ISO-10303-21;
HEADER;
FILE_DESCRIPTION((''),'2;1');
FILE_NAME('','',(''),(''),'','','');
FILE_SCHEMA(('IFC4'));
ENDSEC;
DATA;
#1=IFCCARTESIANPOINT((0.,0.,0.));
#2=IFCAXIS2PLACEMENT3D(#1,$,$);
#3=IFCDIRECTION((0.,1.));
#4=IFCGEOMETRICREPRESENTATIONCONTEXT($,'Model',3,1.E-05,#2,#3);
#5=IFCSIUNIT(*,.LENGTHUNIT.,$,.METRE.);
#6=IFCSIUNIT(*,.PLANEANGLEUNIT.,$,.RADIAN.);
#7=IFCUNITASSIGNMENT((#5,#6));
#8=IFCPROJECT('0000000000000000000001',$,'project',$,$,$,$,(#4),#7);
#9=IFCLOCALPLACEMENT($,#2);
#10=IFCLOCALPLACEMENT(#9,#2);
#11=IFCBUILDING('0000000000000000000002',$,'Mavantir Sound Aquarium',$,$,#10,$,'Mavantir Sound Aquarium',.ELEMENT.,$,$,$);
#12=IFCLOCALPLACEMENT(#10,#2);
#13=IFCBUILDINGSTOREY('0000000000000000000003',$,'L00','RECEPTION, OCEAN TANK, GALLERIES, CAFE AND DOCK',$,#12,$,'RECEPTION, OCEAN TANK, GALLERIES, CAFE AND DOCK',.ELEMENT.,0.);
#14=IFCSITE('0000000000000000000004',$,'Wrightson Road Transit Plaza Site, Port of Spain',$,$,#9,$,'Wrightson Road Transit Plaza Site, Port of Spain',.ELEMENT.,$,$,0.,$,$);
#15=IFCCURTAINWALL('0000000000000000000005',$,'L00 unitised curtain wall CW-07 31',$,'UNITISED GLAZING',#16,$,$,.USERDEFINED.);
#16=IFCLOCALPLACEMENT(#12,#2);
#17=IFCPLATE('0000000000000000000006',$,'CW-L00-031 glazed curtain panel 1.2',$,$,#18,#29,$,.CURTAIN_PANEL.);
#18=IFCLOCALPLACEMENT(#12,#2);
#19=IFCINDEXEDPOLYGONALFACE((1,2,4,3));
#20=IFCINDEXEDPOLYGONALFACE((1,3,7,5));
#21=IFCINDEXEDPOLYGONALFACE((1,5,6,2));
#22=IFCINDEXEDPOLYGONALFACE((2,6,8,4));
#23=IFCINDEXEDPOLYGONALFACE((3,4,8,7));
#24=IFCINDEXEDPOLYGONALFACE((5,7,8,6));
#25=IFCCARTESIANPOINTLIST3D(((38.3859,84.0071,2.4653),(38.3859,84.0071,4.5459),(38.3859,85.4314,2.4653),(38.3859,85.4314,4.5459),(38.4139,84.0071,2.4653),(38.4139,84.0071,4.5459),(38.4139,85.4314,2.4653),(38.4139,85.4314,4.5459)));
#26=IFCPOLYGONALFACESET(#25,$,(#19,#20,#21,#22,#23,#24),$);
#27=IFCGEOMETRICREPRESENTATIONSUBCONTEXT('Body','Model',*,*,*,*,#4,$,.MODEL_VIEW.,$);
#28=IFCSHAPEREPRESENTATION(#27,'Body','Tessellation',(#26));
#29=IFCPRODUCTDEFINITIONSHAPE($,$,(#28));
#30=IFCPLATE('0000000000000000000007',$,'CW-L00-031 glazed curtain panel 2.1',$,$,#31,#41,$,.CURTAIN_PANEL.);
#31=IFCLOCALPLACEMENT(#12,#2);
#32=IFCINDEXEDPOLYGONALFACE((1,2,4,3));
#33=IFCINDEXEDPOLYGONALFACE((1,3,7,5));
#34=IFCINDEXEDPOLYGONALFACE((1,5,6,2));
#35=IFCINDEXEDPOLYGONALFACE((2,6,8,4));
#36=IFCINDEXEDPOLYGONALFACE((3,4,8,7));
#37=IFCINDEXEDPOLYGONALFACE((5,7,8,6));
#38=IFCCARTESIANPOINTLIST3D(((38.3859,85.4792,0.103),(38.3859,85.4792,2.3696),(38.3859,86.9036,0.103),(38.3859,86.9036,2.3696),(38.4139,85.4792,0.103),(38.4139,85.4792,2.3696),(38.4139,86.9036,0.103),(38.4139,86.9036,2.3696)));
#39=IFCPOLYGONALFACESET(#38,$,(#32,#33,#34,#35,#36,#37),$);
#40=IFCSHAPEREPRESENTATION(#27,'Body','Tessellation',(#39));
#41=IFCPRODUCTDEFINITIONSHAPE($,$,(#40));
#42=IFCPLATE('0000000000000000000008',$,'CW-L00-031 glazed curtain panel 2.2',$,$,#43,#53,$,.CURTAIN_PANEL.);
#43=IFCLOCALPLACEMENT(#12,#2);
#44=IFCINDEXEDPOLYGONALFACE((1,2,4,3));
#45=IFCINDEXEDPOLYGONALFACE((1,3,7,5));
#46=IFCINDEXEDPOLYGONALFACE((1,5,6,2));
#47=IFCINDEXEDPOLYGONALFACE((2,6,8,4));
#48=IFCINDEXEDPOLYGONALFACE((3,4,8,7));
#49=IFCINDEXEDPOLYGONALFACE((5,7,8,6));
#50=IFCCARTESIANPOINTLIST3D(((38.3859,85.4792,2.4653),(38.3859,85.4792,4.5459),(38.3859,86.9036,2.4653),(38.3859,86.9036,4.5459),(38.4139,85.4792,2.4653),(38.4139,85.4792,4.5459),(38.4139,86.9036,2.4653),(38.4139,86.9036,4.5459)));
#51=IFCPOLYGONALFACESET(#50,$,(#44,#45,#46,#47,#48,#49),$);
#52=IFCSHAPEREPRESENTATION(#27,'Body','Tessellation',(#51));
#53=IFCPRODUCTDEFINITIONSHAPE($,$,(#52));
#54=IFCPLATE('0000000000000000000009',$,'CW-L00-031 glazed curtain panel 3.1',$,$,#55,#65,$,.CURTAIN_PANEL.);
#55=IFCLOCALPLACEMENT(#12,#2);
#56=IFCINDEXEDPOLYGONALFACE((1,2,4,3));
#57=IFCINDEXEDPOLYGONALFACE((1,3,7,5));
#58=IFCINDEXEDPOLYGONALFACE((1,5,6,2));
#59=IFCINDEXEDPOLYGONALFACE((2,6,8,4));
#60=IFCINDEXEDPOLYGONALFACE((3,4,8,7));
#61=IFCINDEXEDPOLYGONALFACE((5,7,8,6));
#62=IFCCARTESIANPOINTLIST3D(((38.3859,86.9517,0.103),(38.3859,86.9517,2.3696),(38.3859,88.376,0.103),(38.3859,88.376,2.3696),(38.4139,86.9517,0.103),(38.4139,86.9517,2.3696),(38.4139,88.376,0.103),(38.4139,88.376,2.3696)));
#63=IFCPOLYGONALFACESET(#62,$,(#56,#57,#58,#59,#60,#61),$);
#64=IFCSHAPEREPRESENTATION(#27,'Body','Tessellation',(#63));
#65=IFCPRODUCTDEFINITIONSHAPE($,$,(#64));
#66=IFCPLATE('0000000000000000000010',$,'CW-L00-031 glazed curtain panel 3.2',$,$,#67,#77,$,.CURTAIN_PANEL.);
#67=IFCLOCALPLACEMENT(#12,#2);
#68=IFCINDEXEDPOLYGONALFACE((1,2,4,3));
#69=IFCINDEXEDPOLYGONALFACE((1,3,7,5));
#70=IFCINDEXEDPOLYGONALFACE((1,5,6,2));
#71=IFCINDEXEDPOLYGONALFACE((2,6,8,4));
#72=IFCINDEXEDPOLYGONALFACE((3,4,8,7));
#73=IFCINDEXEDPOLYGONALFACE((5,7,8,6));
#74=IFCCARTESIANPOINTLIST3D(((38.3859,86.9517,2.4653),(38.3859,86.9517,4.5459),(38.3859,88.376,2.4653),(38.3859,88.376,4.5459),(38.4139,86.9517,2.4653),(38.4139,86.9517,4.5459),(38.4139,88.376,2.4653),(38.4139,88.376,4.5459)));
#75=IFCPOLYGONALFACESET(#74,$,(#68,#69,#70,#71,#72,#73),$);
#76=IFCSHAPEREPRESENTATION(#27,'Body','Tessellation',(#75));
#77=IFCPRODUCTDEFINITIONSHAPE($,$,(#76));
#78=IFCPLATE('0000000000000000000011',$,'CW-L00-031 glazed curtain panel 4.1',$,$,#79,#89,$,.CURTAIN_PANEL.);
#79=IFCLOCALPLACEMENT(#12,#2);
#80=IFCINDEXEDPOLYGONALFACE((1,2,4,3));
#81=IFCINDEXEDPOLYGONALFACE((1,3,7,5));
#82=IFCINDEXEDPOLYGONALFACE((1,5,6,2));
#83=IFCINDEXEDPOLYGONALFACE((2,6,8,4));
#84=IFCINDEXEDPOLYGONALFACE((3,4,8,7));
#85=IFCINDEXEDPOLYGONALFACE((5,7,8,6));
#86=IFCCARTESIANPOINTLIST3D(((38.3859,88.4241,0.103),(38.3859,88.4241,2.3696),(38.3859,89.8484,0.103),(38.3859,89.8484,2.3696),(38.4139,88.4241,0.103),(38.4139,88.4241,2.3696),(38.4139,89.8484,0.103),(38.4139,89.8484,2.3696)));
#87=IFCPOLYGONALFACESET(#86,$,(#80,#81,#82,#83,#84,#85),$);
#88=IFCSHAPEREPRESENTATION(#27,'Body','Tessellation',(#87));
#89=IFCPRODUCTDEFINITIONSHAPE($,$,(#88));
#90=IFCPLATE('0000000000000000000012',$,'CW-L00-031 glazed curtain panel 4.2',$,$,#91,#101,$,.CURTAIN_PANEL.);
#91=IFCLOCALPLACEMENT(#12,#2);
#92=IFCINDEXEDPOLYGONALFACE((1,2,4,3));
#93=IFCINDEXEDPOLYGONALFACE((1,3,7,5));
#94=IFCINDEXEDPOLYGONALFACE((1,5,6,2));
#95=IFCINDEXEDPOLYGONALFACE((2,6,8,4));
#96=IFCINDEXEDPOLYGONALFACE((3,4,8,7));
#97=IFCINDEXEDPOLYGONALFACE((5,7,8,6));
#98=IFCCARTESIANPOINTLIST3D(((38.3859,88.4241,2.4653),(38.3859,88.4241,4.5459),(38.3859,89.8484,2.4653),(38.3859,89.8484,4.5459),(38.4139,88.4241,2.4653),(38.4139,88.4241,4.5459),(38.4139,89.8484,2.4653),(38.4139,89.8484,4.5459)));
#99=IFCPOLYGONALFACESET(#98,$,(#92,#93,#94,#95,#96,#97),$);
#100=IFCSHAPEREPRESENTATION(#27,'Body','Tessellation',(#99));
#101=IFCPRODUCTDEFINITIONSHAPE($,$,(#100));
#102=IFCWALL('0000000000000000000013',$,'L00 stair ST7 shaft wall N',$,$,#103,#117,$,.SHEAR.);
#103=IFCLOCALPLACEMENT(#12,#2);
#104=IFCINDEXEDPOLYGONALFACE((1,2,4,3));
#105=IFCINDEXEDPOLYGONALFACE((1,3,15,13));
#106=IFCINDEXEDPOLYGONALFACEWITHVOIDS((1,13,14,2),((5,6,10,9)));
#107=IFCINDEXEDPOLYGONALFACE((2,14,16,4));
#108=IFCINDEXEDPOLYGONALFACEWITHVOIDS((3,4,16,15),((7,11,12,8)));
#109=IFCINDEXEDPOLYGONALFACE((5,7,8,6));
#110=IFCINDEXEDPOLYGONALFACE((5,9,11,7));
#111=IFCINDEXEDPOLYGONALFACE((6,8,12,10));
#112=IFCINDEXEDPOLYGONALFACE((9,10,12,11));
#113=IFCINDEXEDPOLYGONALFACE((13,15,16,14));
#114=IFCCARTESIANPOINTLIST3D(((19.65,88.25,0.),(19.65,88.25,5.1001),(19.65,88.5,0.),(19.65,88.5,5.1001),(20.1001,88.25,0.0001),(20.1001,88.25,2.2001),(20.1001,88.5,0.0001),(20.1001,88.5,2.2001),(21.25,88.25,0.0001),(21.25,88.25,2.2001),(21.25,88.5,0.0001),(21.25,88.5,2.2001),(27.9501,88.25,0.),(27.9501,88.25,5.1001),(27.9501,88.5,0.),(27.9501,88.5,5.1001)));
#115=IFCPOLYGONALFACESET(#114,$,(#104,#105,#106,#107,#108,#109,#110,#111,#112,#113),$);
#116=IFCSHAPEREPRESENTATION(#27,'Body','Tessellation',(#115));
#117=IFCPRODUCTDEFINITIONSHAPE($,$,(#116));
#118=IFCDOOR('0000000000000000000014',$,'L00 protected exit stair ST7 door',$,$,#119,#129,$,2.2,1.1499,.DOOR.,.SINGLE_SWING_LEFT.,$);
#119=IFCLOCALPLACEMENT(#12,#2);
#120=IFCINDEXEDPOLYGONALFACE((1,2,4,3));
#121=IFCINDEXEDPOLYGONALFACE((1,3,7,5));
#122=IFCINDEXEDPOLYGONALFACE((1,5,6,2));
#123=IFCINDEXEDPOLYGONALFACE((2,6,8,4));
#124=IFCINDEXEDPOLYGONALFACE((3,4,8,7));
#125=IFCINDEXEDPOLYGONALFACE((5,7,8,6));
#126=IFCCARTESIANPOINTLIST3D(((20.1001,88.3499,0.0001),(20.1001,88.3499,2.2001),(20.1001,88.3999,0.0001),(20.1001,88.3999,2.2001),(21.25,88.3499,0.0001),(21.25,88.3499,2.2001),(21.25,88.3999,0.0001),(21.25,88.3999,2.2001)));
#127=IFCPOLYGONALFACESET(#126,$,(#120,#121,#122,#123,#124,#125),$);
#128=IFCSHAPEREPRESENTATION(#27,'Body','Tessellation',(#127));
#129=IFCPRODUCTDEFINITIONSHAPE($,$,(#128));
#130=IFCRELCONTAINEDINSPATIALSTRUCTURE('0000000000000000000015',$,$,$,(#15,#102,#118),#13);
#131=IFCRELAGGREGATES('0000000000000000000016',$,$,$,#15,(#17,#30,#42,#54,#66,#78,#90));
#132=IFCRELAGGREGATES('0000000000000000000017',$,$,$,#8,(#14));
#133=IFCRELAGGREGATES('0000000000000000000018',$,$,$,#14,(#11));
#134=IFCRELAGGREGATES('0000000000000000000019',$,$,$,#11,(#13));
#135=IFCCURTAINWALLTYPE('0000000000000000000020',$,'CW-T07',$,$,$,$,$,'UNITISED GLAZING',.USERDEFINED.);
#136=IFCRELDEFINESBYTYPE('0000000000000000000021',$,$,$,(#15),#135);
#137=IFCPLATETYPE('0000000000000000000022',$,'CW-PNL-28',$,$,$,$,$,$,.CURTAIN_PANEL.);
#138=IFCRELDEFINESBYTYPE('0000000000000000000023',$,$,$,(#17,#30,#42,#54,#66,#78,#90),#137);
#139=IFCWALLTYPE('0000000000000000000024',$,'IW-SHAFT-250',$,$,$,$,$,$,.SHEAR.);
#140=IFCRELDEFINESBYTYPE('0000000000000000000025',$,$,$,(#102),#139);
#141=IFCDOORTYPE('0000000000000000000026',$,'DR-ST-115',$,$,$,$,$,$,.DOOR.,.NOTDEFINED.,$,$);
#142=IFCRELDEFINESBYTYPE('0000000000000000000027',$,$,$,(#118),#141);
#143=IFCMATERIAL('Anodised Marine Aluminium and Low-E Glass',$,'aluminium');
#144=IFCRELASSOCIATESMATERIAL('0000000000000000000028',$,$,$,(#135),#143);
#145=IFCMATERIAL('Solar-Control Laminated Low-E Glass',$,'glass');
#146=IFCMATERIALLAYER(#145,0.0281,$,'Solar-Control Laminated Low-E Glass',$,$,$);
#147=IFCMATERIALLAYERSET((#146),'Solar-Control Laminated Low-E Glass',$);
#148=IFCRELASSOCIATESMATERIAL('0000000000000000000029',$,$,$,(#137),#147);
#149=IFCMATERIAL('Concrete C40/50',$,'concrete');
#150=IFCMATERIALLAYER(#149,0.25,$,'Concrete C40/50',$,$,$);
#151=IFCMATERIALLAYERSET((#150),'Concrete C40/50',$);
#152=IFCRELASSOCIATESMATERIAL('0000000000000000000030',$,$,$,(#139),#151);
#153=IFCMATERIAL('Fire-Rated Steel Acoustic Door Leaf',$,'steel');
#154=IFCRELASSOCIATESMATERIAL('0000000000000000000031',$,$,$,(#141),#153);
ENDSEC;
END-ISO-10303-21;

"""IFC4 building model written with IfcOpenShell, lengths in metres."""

from ifc_helpers import new_model, si_unit, direction, frame, frame_2d, origin, origin_2d, place, context, subcontext, project, spatial, rectangle, extrude, material, layer, layer_set, type_object, element, fill, aggregate, save


model = new_model("IFC4")

# Units and contexts
model_context = context("Model", 3, precision=1e-05, world=origin(), true_north=direction((0.0, 1.0)))
body_context = subcontext(model_context, "Body", "Model", "MODEL_VIEW")
ifc_project = project(units=[si_unit("LENGTHUNIT", "METRE"), si_unit("PLANEANGLEUNIT", "RADIAN")], contexts=[model_context])

# Site, building, storey
site_placement = place(None, origin())
site = spatial("IfcSite", under=ifc_project, at=site_placement, Name="Wrightson Road Transit Plaza Site, Port of Spain", LongName="Wrightson Road Transit Plaza Site, Port of Spain", CompositionType="ELEMENT", RefElevation=0.0)
building_placement = place(site_placement, origin())
building = spatial("IfcBuilding", under=site, at=building_placement, Name="Mavantir Sound Aquarium", LongName="Mavantir Sound Aquarium", CompositionType="ELEMENT")
storey_placement = place(building_placement, origin())
storey = spatial("IfcBuildingStorey", under=building, at=storey_placement, Name="L00", Description="RECEPTION, OCEAN TANK, GALLERIES, CAFE AND DOCK", LongName="RECEPTION, OCEAN TANK, GALLERIES, CAFE AND DOCK", CompositionType="ELEMENT", Elevation=0.0)

# Curtain wall, plates
ifc_material_1 = material(Name="Anodised Marine Aluminium and Low-E Glass", Category="aluminium")
curtain_wall_type = type_object("IfcCurtainWallType", Name="CW-T07", ElementType="UNITISED GLAZING", PredefinedType="USERDEFINED", material=ifc_material_1)
curtain_wall_placement = place(storey_placement, origin())
curtain_wall = element("IfcCurtainWall", 1, at=curtain_wall_placement, inside=storey, type_object=curtain_wall_type, Name="L00 unitised curtain wall CW-07 31", ObjectType="UNITISED GLAZING", PredefinedType="USERDEFINED")
ifc_material_2 = material(Name="Solar-Control Laminated Low-E Glass", Category="glass")
ifc_layer_1 = layer(ifc_material_2, 0.0281, Name="Solar-Control Laminated Low-E Glass")
ifc_layer_set_1 = layer_set([ifc_layer_1], Name="Solar-Control Laminated Low-E Glass")
plate_type = type_object("IfcPlateType", Name="CW-PNL-28", PredefinedType="CURTAIN_PANEL", material=ifc_layer_set_1)
plate_1_placement = place(storey_placement, frame((38.3999, 84.7192, 2.4653), z_axis=(0.0, 0.0, 1.0), x_axis=(0.0, 1.0, 0.0)))
plate_1 = element("IfcPlate", 2, at=plate_1_placement, type_object=plate_type, Name="CW-L00-031 glazed curtain panel 1.2", PredefinedType="CURTAIN_PANEL", context=body_context, shape_type="SweptSolid", body=[
    extrude(rectangle(XDim=1.4243, YDim=0.0281, at=origin_2d()), origin(), (0.0, 0.0, 1.0), 2.0806),
])
plate_2_placement = place(storey_placement, frame((38.3999, 86.1914, 0.103), z_axis=(0.0, 0.0, 1.0), x_axis=(0.0, 1.0, 0.0)))
plate_2 = element("IfcPlate", 3, at=plate_2_placement, type_object=plate_type, Name="CW-L00-031 glazed curtain panel 2.1", PredefinedType="CURTAIN_PANEL", context=body_context, shape_type="SweptSolid", body=[
    extrude(rectangle(XDim=1.4243, YDim=0.0281, at=origin_2d()), origin(), (0.0, 0.0, 1.0), 2.2666),
])
plate_3_placement = place(storey_placement, frame((38.3999, 86.1914, 2.4653), z_axis=(0.0, 0.0, 1.0), x_axis=(0.0, 1.0, 0.0)))
plate_3 = element("IfcPlate", 4, at=plate_3_placement, type_object=plate_type, Name="CW-L00-031 glazed curtain panel 2.2", PredefinedType="CURTAIN_PANEL", context=body_context, shape_type="SweptSolid", body=[
    extrude(rectangle(XDim=1.4243, YDim=0.0281, at=origin_2d()), origin(), (0.0, 0.0, 1.0), 2.0806),
])
plate_4_placement = place(storey_placement, frame((38.3999, 87.6638, 0.103), z_axis=(0.0, 0.0, 1.0), x_axis=(0.0, 1.0, 0.0)))
plate_4 = element("IfcPlate", 5, at=plate_4_placement, type_object=plate_type, Name="CW-L00-031 glazed curtain panel 3.1", PredefinedType="CURTAIN_PANEL", context=body_context, shape_type="SweptSolid", body=[
    extrude(rectangle(XDim=1.4243, YDim=0.0281, at=origin_2d()), origin(), (0.0, 0.0, 1.0), 2.2666),
])
plate_5_placement = place(storey_placement, frame((38.3999, 87.6638, 2.4653), z_axis=(0.0, 0.0, 1.0), x_axis=(0.0, 1.0, 0.0)))
plate_5 = element("IfcPlate", 6, at=plate_5_placement, type_object=plate_type, Name="CW-L00-031 glazed curtain panel 3.2", PredefinedType="CURTAIN_PANEL", context=body_context, shape_type="SweptSolid", body=[
    extrude(rectangle(XDim=1.4243, YDim=0.0281, at=origin_2d()), origin(), (0.0, 0.0, 1.0), 2.0806),
])
plate_6_placement = place(storey_placement, frame((38.3999, 89.1362, 0.103), z_axis=(0.0, 0.0, 1.0), x_axis=(0.0, 1.0, 0.0)))
plate_6 = element("IfcPlate", 7, at=plate_6_placement, type_object=plate_type, Name="CW-L00-031 glazed curtain panel 4.1", PredefinedType="CURTAIN_PANEL", context=body_context, shape_type="SweptSolid", body=[
    extrude(rectangle(XDim=1.4243, YDim=0.0281, at=origin_2d()), origin(), (0.0, 0.0, 1.0), 2.2666),
])
plate_7_placement = place(storey_placement, frame((38.3999, 89.1362, 2.4653), z_axis=(0.0, 0.0, 1.0), x_axis=(0.0, 1.0, 0.0)))
plate_7 = element("IfcPlate", 8, at=plate_7_placement, type_object=plate_type, Name="CW-L00-031 glazed curtain panel 4.2", PredefinedType="CURTAIN_PANEL", context=body_context, shape_type="SweptSolid", body=[
    extrude(rectangle(XDim=1.4243, YDim=0.0281, at=origin_2d()), origin(), (0.0, 0.0, 1.0), 2.0806),
])
aggregate(curtain_wall, [plate_1, plate_2, plate_3, plate_4, plate_5, plate_6, plate_7])

# Wall, opening, door
ifc_material_3 = material(Name="Concrete C40/50", Category="concrete")
ifc_layer_2 = layer(ifc_material_3, 0.25, Name="Concrete C40/50")
ifc_layer_set_2 = layer_set([ifc_layer_2], Name="Concrete C40/50")
wall_type = type_object("IfcWallType", Name="IW-SHAFT-250", PredefinedType="SHEAR", material=ifc_layer_set_2)
wall_placement = place(storey_placement, frame((27.95, 88.375, 0.0), z_axis=(0.0, 0.0, 1.0), x_axis=(-1.0, 0.0, 0.0)))
wall = element("IfcWall", 9, at=wall_placement, inside=storey, type_object=wall_type, Name="L00 stair ST7 shaft wall N", PredefinedType="SHEAR", context=body_context, shape_type="SweptSolid", body=[
    extrude(rectangle(XDim=8.3, YDim=0.25, at=frame_2d((4.1499, 0.0))), origin(), (0.0, 0.0, 1.0), 5.1001),
])
opening_placement = place(wall_placement, frame((7.8499, 0.0, 0.0), z_axis=(0.0, 0.0, 1.0), x_axis=(-1.0, 0.0, 0.0)))
opening = element("IfcOpeningElement", 10, at=opening_placement, cuts=wall, PredefinedType="OPENING", context=body_context, shape_type="SweptSolid", body=[
    extrude(rectangle(XDim=1.1499, YDim=2.2, at=frame_2d((0.575, 1.1001))), frame((0.0, 0.135, 0.0), z_axis=(0.0, -1.0, 0.0), x_axis=(1.0, 0.0, 0.0)), (0.0, 0.0, 1.0), 0.27),
])
ifc_material_4 = material(Name="Fire-Rated Steel Acoustic Door Leaf", Category="steel")
door_type = type_object("IfcDoorType", Name="DR-ST-115", OperationType="NOTDEFINED", PredefinedType="DOOR", material=ifc_material_4)
door_placement = place(opening_placement, origin())
door = element("IfcDoor", 11, at=door_placement, inside=storey, type_object=door_type, Name="L00 protected exit stair ST7 door", OperationType="SINGLE_SWING_LEFT", OverallHeight=2.2, OverallWidth=1.1499, PredefinedType="DOOR", context=body_context, shape_type="SweptSolid", body=[
    extrude(rectangle(XDim=1.1499, YDim=2.2, at=frame_2d((0.575, 1.1001))), frame((0.0, 0.0249, 0.0), z_axis=(0.0, -1.0, 0.0), x_axis=(1.0, 0.0, 0.0)), (0.0, 0.0, 1.0), 0.05),
])
fill(opening, door)

save(model, "model.ifc")
